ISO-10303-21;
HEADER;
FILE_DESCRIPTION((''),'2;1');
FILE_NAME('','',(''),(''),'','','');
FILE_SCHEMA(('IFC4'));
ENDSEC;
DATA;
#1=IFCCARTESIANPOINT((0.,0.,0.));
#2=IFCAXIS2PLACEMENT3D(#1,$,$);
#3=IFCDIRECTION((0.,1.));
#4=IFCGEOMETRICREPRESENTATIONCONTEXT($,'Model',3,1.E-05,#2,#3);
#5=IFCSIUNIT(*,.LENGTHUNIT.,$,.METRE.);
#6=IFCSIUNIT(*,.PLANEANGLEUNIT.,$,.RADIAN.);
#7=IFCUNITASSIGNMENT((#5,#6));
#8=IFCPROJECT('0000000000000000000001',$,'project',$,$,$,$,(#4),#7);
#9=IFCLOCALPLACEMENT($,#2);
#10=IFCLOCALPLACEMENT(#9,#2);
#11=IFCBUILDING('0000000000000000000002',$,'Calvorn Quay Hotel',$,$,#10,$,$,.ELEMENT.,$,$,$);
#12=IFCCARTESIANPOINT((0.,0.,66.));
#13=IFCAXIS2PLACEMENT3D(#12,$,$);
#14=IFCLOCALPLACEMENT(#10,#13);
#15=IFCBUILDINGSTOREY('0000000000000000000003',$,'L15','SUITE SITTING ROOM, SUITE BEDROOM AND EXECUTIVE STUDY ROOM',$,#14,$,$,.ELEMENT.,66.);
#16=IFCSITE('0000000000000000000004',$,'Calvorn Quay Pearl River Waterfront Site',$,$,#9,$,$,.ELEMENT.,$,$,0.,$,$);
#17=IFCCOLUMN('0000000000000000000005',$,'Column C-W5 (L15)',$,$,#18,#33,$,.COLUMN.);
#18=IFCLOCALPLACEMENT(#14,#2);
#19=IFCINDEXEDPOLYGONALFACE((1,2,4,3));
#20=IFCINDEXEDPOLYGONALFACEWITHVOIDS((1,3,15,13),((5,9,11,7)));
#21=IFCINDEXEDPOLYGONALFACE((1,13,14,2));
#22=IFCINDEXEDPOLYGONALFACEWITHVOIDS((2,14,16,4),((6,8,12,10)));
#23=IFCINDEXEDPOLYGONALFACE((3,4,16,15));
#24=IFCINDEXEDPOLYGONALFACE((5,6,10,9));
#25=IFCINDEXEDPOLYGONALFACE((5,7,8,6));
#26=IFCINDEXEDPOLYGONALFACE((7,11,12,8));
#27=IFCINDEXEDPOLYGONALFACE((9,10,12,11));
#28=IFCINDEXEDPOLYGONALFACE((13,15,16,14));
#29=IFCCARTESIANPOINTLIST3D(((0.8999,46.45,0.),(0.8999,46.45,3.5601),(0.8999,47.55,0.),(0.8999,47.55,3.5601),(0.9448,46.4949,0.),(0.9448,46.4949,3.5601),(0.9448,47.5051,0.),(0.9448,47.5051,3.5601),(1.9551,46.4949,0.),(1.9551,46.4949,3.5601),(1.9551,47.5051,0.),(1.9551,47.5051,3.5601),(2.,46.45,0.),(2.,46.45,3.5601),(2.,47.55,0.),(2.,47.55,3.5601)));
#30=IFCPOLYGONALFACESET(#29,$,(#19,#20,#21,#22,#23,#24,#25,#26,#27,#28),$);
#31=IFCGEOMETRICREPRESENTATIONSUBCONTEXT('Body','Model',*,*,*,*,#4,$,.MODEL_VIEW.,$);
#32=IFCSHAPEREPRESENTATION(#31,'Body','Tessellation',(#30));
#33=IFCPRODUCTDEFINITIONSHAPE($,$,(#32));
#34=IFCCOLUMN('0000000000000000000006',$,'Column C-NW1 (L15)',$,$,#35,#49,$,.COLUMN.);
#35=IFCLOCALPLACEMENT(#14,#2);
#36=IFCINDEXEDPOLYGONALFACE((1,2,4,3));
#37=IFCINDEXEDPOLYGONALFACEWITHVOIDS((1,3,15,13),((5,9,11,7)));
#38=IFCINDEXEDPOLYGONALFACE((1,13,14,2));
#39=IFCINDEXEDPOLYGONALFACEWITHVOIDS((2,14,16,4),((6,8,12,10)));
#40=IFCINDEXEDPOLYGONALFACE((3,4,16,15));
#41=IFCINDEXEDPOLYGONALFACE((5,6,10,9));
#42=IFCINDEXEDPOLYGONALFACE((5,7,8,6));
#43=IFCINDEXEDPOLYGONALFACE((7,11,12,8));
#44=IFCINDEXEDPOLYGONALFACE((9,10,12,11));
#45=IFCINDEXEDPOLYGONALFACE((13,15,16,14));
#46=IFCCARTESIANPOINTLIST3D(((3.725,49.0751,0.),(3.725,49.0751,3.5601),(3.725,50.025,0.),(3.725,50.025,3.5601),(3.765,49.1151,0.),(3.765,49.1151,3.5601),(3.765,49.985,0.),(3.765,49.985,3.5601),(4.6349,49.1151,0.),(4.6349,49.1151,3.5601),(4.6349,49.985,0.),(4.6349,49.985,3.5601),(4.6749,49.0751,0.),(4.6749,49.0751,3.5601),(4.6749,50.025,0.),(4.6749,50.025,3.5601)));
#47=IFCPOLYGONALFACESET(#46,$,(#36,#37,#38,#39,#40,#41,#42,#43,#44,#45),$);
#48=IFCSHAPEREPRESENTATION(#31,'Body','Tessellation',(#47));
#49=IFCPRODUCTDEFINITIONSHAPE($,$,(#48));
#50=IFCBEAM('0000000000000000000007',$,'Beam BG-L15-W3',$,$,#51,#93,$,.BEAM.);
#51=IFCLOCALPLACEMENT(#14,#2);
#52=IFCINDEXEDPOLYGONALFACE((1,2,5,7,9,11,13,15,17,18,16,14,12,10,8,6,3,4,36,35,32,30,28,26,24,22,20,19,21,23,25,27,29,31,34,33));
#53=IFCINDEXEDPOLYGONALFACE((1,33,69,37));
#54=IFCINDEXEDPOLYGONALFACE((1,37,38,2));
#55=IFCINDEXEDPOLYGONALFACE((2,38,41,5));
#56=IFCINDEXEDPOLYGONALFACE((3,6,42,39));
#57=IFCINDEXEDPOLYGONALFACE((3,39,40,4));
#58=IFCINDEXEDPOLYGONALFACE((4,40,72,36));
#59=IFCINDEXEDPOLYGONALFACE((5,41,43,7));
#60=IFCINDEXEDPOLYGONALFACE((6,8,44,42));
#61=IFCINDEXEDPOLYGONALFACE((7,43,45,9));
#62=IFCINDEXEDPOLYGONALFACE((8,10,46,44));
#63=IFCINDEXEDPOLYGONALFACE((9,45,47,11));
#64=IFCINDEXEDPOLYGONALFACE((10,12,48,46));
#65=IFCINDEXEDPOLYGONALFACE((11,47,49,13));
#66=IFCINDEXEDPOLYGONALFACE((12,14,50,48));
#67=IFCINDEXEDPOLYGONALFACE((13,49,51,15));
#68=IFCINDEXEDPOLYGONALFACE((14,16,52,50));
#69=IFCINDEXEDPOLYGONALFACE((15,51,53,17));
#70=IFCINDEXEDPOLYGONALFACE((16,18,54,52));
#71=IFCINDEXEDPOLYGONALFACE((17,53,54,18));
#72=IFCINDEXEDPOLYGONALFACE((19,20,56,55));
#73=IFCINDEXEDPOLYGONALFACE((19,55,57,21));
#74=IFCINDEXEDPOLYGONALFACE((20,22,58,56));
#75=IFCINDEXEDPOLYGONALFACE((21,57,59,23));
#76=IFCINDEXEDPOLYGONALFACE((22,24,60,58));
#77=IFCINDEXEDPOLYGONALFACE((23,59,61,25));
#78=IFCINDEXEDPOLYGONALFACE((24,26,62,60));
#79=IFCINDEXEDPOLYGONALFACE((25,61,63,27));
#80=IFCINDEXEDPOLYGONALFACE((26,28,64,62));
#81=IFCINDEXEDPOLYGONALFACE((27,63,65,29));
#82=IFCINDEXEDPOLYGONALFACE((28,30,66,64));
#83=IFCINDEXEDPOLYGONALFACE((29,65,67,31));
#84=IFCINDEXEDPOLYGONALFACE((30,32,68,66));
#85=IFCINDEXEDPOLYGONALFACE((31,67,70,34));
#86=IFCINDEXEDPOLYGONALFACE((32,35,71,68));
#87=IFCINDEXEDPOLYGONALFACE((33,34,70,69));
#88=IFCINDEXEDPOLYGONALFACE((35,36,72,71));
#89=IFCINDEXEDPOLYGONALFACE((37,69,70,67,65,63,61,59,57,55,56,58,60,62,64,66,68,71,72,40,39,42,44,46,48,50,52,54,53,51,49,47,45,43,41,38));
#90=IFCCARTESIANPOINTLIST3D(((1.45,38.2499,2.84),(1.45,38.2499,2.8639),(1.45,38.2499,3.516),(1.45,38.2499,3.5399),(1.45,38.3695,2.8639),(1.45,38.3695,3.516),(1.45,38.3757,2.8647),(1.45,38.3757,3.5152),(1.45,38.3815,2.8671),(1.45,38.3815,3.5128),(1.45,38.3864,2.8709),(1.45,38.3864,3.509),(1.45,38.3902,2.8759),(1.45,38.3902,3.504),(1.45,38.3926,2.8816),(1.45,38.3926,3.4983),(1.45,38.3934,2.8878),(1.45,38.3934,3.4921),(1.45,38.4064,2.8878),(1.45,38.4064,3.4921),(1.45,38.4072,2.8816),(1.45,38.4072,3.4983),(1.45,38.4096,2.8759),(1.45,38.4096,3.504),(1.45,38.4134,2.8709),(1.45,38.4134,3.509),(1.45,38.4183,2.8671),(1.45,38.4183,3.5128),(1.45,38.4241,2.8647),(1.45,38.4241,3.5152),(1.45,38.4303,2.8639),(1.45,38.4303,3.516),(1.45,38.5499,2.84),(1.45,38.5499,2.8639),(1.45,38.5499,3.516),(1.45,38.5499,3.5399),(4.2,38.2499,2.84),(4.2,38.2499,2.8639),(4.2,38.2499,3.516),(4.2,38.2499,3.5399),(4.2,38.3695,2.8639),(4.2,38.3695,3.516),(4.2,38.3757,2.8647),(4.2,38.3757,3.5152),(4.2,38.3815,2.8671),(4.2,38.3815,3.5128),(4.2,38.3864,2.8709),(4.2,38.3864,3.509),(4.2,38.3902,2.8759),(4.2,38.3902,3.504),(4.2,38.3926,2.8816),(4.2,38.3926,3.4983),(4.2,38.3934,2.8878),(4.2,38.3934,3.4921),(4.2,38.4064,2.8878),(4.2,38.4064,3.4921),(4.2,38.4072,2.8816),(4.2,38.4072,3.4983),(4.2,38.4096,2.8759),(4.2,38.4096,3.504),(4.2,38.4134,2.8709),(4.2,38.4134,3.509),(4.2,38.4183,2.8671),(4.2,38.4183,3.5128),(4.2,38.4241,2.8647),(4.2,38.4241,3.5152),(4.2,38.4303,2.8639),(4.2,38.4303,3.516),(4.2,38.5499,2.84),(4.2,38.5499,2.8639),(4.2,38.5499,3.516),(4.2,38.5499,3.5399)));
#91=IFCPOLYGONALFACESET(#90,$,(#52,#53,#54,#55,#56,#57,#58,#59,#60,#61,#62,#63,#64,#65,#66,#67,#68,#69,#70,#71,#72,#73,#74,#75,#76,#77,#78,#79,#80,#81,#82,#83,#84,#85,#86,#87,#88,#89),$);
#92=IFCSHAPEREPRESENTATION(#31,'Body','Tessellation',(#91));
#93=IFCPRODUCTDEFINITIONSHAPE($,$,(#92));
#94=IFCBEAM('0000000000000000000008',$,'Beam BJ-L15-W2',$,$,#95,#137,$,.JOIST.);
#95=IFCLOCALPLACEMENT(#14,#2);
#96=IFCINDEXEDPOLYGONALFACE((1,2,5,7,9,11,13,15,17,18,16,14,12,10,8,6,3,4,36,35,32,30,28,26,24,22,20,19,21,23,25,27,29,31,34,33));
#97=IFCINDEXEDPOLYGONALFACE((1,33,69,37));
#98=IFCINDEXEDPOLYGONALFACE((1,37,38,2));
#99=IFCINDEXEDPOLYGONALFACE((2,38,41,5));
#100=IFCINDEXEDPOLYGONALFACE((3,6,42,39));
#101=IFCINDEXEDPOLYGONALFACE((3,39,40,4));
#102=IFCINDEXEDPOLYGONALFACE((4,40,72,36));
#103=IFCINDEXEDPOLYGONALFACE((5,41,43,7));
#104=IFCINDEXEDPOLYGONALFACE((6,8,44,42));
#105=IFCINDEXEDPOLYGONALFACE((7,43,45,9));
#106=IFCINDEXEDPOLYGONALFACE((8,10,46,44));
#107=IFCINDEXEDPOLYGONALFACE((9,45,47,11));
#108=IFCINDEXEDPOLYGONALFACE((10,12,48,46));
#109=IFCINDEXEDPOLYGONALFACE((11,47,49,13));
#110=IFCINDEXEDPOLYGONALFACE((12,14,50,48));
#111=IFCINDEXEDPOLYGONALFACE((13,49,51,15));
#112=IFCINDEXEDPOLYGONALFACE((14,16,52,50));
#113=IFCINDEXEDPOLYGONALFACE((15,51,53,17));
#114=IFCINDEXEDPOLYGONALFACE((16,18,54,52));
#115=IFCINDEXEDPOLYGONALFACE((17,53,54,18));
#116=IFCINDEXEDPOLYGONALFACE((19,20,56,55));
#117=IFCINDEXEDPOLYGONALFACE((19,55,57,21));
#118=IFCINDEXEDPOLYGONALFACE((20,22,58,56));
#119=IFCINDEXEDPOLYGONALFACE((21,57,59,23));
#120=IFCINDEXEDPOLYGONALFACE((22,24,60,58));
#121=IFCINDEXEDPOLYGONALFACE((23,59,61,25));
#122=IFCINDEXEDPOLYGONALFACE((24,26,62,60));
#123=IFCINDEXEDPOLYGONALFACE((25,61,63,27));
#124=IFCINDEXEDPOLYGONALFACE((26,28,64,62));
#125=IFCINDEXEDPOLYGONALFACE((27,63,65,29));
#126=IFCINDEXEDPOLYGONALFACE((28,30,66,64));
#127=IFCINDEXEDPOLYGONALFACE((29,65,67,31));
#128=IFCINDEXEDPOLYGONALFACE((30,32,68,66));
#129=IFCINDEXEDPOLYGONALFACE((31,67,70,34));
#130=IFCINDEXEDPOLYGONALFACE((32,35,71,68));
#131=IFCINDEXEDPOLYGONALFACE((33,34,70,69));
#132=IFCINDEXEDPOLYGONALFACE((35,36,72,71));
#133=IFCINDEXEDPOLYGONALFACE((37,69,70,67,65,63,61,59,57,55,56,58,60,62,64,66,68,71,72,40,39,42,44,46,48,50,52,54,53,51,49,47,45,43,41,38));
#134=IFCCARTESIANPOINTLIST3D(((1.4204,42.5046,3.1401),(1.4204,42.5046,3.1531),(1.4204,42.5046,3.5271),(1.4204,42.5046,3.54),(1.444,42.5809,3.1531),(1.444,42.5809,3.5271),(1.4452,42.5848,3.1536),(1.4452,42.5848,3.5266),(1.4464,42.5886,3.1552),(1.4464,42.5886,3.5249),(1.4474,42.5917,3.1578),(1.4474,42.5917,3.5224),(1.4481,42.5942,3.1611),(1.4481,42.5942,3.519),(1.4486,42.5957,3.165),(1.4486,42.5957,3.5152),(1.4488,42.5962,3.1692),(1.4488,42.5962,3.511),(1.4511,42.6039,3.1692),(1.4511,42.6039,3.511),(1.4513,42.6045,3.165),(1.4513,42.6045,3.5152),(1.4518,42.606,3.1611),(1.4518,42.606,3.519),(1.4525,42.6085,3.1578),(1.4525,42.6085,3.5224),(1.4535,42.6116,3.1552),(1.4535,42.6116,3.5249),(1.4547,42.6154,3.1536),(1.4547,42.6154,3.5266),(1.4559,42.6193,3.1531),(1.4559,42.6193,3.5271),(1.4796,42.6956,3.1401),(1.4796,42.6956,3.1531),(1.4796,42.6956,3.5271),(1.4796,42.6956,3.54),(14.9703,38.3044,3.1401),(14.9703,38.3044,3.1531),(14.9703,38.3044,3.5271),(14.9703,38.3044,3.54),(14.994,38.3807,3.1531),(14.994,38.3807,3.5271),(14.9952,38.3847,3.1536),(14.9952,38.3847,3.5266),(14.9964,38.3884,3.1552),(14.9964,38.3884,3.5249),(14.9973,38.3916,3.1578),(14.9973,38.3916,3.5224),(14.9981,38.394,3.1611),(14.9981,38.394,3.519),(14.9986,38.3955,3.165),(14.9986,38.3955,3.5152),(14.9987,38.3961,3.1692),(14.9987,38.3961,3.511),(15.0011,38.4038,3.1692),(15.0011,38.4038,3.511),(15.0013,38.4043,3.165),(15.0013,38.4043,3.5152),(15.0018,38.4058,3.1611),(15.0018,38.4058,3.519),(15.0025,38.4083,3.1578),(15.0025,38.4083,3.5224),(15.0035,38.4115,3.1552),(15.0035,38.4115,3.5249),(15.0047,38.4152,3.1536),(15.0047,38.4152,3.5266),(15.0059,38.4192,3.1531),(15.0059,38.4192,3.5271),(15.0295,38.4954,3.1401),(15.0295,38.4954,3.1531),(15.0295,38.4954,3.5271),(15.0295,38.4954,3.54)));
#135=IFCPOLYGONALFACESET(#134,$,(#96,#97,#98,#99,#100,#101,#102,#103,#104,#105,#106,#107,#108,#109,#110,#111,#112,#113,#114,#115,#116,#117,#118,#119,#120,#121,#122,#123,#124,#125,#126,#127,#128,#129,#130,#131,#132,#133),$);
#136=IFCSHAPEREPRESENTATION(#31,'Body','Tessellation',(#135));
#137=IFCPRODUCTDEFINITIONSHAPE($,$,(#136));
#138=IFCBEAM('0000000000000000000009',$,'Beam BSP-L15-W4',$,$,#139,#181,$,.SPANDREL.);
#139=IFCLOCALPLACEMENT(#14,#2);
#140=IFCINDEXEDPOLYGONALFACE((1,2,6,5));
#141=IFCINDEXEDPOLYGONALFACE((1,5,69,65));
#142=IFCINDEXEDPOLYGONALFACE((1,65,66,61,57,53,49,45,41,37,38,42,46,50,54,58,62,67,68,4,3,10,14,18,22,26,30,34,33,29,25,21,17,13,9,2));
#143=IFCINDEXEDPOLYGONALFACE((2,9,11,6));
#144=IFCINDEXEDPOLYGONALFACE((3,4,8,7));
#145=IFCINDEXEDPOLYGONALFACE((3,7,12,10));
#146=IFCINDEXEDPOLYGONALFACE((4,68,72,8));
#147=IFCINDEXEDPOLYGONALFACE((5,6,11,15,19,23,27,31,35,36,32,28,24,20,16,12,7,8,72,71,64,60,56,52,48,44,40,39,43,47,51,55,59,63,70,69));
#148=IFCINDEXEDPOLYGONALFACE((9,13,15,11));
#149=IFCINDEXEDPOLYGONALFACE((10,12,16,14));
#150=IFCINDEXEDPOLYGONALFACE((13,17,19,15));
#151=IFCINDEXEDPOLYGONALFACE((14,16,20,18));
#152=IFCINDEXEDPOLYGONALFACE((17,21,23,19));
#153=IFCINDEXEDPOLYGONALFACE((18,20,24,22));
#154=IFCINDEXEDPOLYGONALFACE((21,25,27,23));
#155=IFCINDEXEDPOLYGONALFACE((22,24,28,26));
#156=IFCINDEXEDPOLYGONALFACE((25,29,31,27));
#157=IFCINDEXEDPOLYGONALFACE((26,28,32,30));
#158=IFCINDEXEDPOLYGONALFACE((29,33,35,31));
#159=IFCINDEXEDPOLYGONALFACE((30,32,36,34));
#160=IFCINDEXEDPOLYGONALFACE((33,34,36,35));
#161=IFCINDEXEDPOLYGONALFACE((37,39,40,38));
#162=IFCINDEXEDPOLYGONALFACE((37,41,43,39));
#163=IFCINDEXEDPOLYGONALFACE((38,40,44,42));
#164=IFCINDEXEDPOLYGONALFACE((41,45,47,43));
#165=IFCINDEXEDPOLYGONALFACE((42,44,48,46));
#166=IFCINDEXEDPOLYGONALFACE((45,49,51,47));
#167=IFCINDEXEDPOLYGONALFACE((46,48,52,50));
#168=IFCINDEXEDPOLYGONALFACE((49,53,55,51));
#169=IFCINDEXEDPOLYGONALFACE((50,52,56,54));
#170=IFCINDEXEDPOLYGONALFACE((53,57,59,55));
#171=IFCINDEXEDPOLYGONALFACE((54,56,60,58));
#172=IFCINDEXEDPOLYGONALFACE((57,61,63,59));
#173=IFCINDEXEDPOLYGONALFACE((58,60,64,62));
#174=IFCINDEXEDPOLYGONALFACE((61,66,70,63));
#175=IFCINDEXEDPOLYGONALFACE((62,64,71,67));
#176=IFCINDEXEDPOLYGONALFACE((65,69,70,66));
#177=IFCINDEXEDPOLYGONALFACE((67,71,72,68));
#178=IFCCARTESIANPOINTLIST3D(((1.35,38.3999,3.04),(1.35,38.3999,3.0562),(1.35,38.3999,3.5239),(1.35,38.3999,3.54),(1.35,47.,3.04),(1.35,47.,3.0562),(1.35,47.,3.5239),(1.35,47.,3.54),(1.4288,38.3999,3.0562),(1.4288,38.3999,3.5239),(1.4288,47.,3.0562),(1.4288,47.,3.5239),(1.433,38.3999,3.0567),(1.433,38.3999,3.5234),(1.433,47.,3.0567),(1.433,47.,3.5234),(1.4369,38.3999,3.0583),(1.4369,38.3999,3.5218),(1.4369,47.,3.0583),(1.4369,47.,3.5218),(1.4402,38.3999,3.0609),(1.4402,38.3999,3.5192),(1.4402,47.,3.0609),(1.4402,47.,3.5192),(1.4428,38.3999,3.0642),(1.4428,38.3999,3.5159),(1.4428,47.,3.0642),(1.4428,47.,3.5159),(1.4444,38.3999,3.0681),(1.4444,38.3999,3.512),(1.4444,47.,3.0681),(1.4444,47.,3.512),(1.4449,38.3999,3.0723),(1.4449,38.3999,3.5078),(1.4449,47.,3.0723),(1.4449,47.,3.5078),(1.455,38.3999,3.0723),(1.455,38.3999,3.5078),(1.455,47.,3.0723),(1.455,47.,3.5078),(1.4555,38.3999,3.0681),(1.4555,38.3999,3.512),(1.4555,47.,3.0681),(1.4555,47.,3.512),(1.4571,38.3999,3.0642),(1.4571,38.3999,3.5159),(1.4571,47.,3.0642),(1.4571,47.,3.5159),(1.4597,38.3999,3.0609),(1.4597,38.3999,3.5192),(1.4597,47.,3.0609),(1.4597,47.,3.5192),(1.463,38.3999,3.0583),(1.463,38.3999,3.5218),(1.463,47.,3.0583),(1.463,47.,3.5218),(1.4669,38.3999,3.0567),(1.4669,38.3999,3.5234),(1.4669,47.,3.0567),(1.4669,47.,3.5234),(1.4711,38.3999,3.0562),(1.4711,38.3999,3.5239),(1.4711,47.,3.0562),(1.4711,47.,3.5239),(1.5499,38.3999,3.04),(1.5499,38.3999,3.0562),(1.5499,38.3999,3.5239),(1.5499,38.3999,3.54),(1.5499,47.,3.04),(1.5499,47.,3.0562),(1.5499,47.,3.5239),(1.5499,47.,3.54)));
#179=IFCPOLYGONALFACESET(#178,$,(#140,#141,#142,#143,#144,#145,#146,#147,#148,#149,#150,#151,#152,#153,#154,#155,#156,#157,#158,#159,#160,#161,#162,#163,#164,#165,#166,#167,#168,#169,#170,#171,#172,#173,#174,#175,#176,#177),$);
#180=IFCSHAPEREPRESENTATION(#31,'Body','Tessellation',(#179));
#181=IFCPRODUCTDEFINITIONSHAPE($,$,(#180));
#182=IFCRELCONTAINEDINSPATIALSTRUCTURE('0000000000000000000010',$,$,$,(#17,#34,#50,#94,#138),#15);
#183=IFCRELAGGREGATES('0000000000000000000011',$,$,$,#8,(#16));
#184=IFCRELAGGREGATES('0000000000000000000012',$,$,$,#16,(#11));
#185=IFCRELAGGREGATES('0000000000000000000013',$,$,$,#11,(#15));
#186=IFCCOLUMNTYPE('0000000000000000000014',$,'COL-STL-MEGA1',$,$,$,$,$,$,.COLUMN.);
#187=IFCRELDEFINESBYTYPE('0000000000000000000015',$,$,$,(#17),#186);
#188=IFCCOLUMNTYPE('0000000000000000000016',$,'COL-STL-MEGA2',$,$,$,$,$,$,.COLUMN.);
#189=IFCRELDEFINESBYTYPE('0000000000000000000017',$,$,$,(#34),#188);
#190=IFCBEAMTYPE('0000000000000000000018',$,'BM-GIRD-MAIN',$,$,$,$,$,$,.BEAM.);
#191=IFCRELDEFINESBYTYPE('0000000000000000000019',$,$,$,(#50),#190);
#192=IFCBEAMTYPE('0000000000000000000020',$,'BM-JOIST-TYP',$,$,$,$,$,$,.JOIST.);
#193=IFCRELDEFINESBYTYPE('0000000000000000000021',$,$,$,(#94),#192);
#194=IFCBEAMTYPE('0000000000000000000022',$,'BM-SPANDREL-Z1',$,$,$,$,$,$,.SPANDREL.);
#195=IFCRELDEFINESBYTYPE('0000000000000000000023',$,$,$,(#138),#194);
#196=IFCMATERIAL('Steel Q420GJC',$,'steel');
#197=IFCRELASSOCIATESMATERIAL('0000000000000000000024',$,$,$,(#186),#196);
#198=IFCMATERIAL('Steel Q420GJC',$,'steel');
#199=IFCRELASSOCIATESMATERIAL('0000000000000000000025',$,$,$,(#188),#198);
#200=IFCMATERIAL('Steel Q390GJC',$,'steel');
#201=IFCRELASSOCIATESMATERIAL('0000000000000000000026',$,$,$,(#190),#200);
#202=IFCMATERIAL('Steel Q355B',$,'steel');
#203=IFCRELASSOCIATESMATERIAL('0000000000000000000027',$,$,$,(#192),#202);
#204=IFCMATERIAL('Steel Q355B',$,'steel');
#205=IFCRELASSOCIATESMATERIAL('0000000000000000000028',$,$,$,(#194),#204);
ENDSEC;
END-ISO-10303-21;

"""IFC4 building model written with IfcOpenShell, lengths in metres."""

from ifc_helpers import new_model, si_unit, direction, frame, origin, origin_2d, place, context, subcontext, project, spatial, hollow_rectangle, i_section, extrude, material, material_profile, profile_set, type_object, element, save


model = new_model("IFC4")

# Units and contexts
model_context = context("Model", 3, precision=1e-05, world=origin(), true_north=direction((0.0, 1.0)))
body_context = subcontext(model_context, "Body", "Model", "MODEL_VIEW")
ifc_project = project(units=[si_unit("LENGTHUNIT", "METRE"), si_unit("PLANEANGLEUNIT", "RADIAN")], contexts=[model_context])

# Site, building, storey
site_placement = place(None, origin())
site = spatial("IfcSite", under=ifc_project, at=site_placement, Name="Calvorn Quay Pearl River Waterfront Site", CompositionType="ELEMENT", RefElevation=0.0)
building_placement = place(site_placement, origin())
building = spatial("IfcBuilding", under=site, at=building_placement, Name="Calvorn Quay Hotel", CompositionType="ELEMENT")
storey_placement = place(building_placement, frame((0.0, 0.0, 66.0)))
storey = spatial("IfcBuildingStorey", under=building, at=storey_placement, Name="L15", Description="SUITE SITTING ROOM, SUITE BEDROOM AND EXECUTIVE STUDY ROOM", CompositionType="ELEMENT", Elevation=66.0)

# Columns
ifc_material_1 = material(Name="Steel Q420GJC", Category="steel")
ifc_material_profile_1 = material_profile(ifc_material_1, hollow_rectangle(XDim=1.1001, YDim=1.1001, WallThickness=0.0449, at=origin_2d()), Name="BOX1100x1100x45")
ifc_profile_set_1 = profile_set([ifc_material_profile_1], Name="Steel Q420GJC")
column_type_1 = type_object("IfcColumnType", Name="COL-STL-MEGA1", PredefinedType="COLUMN", material=ifc_profile_set_1)
column_1_placement = place(storey_placement, frame((1.45, 47.0, 0.0), z_axis=(0.0, 0.0, 1.0), x_axis=(1.0, 0.0, 0.0)))
element("IfcColumn", 1, at=column_1_placement, inside=storey, type_object=column_type_1, Name="Column C-W5 (L15)", PredefinedType="COLUMN", context=body_context, shape_type="SweptSolid", body=[
    extrude(hollow_rectangle(XDim=1.1001, YDim=1.1001, WallThickness=0.0449, at=origin_2d()), origin(), (0.0, 0.0, 1.0), 3.5601),
])
ifc_material_2 = material(Name="Steel Q420GJC", Category="steel")
ifc_material_profile_2 = material_profile(ifc_material_2, hollow_rectangle(XDim=0.95, YDim=0.95, WallThickness=0.04, at=origin_2d()), Name="BOX950x950x40")
ifc_profile_set_2 = profile_set([ifc_material_profile_2], Name="Steel Q420GJC")
column_type_2 = type_object("IfcColumnType", Name="COL-STL-MEGA2", PredefinedType="COLUMN", material=ifc_profile_set_2)
column_2_placement = place(storey_placement, frame((4.2, 49.55, 0.0), z_axis=(0.0, 0.0, 1.0), x_axis=(1.0, 0.0, 0.0)))
element("IfcColumn", 2, at=column_2_placement, inside=storey, type_object=column_type_2, Name="Column C-NW1 (L15)", PredefinedType="COLUMN", context=body_context, shape_type="SweptSolid", body=[
    extrude(hollow_rectangle(XDim=0.95, YDim=0.95, WallThickness=0.04, at=origin_2d()), origin(), (0.0, 0.0, 1.0), 3.5601),
])

# Beams
ifc_material_3 = material(Name="Steel Q390GJC", Category="steel")
ifc_material_profile_3 = material_profile(ifc_material_3, i_section(OverallWidth=0.3, OverallDepth=0.7, WebThickness=0.0129, FlangeThickness=0.0239, FilletRadius=0.0239, at=origin_2d()), Name="HN700x300x13x24")
ifc_profile_set_3 = profile_set([ifc_material_profile_3], Name="Steel Q390GJC")
beam_type_1 = type_object("IfcBeamType", Name="BM-GIRD-MAIN", PredefinedType="BEAM", material=ifc_profile_set_3)
beam_1_placement = place(storey_placement, frame((1.45, 38.3999, 3.1899), z_axis=(1.0, 0.0, 0.0), x_axis=(0.0, 1.0, 0.0)))
element("IfcBeam", 3, at=beam_1_placement, inside=storey, type_object=beam_type_1, Name="Beam BG-L15-W3", PredefinedType="BEAM", context=body_context, shape_type="SweptSolid", body=[
    extrude(i_section(OverallWidth=0.3, OverallDepth=0.7, WebThickness=0.0129, FlangeThickness=0.0239, FilletRadius=0.0239, at=origin_2d()), origin(), (0.0, 0.0, 1.0), 2.75),
])
ifc_material_4 = material(Name="Steel Q355B", Category="steel")
ifc_material_profile_4 = material_profile(ifc_material_4, i_section(OverallWidth=0.2, OverallDepth=0.3999, WebThickness=0.0081, FlangeThickness=0.0129, FilletRadius=0.0161, at=origin_2d()), Name="HN400x200x8x13")
ifc_profile_set_4 = profile_set([ifc_material_profile_4], Name="Steel Q355B")
beam_type_2 = type_object("IfcBeamType", Name="BM-JOIST-TYP", PredefinedType="JOIST", material=ifc_profile_set_4)
beam_2_placement = place(storey_placement, frame((1.45, 42.6001, 3.3401), z_axis=(0.955164, -0.296078, 0.0), x_axis=(0.296078, 0.955164, 0.0)))
element("IfcBeam", 4, at=beam_2_placement, inside=storey, type_object=beam_type_2, Name="Beam BJ-L15-W2", PredefinedType="JOIST", context=body_context, shape_type="SweptSolid", body=[
    extrude(i_section(OverallWidth=0.2, OverallDepth=0.3999, WebThickness=0.0081, FlangeThickness=0.0129, FilletRadius=0.0161, at=origin_2d()), origin(), (0.0, 0.0, 1.0), 14.186),
])
ifc_material_5 = material(Name="Steel Q355B", Category="steel")
ifc_material_profile_5 = material_profile(ifc_material_5, i_section(OverallWidth=0.2, OverallDepth=0.5, WebThickness=0.01, FlangeThickness=0.0161, FilletRadius=0.0161, at=origin_2d()), Name="HN500x200x10x16")
ifc_profile_set_5 = profile_set([ifc_material_profile_5], Name="Steel Q355B")
beam_type_3 = type_object("IfcBeamType", Name="BM-SPANDREL-Z1", PredefinedType="SPANDREL", material=ifc_profile_set_5)
beam_3_placement = place(storey_placement, frame((1.45, 38.3999, 3.29), z_axis=(0.0, 1.0, 0.0), x_axis=(-1.0, 0.0, 0.0)))
element("IfcBeam", 5, at=beam_3_placement, inside=storey, type_object=beam_type_3, Name="Beam BSP-L15-W4", PredefinedType="SPANDREL", context=body_context, shape_type="SweptSolid", body=[
    extrude(i_section(OverallWidth=0.2, OverallDepth=0.5, WebThickness=0.01, FlangeThickness=0.0161, FilletRadius=0.0161, at=origin_2d()), origin(), (0.0, 0.0, 1.0), 8.6001),
])

save(model, "model.ifc")
